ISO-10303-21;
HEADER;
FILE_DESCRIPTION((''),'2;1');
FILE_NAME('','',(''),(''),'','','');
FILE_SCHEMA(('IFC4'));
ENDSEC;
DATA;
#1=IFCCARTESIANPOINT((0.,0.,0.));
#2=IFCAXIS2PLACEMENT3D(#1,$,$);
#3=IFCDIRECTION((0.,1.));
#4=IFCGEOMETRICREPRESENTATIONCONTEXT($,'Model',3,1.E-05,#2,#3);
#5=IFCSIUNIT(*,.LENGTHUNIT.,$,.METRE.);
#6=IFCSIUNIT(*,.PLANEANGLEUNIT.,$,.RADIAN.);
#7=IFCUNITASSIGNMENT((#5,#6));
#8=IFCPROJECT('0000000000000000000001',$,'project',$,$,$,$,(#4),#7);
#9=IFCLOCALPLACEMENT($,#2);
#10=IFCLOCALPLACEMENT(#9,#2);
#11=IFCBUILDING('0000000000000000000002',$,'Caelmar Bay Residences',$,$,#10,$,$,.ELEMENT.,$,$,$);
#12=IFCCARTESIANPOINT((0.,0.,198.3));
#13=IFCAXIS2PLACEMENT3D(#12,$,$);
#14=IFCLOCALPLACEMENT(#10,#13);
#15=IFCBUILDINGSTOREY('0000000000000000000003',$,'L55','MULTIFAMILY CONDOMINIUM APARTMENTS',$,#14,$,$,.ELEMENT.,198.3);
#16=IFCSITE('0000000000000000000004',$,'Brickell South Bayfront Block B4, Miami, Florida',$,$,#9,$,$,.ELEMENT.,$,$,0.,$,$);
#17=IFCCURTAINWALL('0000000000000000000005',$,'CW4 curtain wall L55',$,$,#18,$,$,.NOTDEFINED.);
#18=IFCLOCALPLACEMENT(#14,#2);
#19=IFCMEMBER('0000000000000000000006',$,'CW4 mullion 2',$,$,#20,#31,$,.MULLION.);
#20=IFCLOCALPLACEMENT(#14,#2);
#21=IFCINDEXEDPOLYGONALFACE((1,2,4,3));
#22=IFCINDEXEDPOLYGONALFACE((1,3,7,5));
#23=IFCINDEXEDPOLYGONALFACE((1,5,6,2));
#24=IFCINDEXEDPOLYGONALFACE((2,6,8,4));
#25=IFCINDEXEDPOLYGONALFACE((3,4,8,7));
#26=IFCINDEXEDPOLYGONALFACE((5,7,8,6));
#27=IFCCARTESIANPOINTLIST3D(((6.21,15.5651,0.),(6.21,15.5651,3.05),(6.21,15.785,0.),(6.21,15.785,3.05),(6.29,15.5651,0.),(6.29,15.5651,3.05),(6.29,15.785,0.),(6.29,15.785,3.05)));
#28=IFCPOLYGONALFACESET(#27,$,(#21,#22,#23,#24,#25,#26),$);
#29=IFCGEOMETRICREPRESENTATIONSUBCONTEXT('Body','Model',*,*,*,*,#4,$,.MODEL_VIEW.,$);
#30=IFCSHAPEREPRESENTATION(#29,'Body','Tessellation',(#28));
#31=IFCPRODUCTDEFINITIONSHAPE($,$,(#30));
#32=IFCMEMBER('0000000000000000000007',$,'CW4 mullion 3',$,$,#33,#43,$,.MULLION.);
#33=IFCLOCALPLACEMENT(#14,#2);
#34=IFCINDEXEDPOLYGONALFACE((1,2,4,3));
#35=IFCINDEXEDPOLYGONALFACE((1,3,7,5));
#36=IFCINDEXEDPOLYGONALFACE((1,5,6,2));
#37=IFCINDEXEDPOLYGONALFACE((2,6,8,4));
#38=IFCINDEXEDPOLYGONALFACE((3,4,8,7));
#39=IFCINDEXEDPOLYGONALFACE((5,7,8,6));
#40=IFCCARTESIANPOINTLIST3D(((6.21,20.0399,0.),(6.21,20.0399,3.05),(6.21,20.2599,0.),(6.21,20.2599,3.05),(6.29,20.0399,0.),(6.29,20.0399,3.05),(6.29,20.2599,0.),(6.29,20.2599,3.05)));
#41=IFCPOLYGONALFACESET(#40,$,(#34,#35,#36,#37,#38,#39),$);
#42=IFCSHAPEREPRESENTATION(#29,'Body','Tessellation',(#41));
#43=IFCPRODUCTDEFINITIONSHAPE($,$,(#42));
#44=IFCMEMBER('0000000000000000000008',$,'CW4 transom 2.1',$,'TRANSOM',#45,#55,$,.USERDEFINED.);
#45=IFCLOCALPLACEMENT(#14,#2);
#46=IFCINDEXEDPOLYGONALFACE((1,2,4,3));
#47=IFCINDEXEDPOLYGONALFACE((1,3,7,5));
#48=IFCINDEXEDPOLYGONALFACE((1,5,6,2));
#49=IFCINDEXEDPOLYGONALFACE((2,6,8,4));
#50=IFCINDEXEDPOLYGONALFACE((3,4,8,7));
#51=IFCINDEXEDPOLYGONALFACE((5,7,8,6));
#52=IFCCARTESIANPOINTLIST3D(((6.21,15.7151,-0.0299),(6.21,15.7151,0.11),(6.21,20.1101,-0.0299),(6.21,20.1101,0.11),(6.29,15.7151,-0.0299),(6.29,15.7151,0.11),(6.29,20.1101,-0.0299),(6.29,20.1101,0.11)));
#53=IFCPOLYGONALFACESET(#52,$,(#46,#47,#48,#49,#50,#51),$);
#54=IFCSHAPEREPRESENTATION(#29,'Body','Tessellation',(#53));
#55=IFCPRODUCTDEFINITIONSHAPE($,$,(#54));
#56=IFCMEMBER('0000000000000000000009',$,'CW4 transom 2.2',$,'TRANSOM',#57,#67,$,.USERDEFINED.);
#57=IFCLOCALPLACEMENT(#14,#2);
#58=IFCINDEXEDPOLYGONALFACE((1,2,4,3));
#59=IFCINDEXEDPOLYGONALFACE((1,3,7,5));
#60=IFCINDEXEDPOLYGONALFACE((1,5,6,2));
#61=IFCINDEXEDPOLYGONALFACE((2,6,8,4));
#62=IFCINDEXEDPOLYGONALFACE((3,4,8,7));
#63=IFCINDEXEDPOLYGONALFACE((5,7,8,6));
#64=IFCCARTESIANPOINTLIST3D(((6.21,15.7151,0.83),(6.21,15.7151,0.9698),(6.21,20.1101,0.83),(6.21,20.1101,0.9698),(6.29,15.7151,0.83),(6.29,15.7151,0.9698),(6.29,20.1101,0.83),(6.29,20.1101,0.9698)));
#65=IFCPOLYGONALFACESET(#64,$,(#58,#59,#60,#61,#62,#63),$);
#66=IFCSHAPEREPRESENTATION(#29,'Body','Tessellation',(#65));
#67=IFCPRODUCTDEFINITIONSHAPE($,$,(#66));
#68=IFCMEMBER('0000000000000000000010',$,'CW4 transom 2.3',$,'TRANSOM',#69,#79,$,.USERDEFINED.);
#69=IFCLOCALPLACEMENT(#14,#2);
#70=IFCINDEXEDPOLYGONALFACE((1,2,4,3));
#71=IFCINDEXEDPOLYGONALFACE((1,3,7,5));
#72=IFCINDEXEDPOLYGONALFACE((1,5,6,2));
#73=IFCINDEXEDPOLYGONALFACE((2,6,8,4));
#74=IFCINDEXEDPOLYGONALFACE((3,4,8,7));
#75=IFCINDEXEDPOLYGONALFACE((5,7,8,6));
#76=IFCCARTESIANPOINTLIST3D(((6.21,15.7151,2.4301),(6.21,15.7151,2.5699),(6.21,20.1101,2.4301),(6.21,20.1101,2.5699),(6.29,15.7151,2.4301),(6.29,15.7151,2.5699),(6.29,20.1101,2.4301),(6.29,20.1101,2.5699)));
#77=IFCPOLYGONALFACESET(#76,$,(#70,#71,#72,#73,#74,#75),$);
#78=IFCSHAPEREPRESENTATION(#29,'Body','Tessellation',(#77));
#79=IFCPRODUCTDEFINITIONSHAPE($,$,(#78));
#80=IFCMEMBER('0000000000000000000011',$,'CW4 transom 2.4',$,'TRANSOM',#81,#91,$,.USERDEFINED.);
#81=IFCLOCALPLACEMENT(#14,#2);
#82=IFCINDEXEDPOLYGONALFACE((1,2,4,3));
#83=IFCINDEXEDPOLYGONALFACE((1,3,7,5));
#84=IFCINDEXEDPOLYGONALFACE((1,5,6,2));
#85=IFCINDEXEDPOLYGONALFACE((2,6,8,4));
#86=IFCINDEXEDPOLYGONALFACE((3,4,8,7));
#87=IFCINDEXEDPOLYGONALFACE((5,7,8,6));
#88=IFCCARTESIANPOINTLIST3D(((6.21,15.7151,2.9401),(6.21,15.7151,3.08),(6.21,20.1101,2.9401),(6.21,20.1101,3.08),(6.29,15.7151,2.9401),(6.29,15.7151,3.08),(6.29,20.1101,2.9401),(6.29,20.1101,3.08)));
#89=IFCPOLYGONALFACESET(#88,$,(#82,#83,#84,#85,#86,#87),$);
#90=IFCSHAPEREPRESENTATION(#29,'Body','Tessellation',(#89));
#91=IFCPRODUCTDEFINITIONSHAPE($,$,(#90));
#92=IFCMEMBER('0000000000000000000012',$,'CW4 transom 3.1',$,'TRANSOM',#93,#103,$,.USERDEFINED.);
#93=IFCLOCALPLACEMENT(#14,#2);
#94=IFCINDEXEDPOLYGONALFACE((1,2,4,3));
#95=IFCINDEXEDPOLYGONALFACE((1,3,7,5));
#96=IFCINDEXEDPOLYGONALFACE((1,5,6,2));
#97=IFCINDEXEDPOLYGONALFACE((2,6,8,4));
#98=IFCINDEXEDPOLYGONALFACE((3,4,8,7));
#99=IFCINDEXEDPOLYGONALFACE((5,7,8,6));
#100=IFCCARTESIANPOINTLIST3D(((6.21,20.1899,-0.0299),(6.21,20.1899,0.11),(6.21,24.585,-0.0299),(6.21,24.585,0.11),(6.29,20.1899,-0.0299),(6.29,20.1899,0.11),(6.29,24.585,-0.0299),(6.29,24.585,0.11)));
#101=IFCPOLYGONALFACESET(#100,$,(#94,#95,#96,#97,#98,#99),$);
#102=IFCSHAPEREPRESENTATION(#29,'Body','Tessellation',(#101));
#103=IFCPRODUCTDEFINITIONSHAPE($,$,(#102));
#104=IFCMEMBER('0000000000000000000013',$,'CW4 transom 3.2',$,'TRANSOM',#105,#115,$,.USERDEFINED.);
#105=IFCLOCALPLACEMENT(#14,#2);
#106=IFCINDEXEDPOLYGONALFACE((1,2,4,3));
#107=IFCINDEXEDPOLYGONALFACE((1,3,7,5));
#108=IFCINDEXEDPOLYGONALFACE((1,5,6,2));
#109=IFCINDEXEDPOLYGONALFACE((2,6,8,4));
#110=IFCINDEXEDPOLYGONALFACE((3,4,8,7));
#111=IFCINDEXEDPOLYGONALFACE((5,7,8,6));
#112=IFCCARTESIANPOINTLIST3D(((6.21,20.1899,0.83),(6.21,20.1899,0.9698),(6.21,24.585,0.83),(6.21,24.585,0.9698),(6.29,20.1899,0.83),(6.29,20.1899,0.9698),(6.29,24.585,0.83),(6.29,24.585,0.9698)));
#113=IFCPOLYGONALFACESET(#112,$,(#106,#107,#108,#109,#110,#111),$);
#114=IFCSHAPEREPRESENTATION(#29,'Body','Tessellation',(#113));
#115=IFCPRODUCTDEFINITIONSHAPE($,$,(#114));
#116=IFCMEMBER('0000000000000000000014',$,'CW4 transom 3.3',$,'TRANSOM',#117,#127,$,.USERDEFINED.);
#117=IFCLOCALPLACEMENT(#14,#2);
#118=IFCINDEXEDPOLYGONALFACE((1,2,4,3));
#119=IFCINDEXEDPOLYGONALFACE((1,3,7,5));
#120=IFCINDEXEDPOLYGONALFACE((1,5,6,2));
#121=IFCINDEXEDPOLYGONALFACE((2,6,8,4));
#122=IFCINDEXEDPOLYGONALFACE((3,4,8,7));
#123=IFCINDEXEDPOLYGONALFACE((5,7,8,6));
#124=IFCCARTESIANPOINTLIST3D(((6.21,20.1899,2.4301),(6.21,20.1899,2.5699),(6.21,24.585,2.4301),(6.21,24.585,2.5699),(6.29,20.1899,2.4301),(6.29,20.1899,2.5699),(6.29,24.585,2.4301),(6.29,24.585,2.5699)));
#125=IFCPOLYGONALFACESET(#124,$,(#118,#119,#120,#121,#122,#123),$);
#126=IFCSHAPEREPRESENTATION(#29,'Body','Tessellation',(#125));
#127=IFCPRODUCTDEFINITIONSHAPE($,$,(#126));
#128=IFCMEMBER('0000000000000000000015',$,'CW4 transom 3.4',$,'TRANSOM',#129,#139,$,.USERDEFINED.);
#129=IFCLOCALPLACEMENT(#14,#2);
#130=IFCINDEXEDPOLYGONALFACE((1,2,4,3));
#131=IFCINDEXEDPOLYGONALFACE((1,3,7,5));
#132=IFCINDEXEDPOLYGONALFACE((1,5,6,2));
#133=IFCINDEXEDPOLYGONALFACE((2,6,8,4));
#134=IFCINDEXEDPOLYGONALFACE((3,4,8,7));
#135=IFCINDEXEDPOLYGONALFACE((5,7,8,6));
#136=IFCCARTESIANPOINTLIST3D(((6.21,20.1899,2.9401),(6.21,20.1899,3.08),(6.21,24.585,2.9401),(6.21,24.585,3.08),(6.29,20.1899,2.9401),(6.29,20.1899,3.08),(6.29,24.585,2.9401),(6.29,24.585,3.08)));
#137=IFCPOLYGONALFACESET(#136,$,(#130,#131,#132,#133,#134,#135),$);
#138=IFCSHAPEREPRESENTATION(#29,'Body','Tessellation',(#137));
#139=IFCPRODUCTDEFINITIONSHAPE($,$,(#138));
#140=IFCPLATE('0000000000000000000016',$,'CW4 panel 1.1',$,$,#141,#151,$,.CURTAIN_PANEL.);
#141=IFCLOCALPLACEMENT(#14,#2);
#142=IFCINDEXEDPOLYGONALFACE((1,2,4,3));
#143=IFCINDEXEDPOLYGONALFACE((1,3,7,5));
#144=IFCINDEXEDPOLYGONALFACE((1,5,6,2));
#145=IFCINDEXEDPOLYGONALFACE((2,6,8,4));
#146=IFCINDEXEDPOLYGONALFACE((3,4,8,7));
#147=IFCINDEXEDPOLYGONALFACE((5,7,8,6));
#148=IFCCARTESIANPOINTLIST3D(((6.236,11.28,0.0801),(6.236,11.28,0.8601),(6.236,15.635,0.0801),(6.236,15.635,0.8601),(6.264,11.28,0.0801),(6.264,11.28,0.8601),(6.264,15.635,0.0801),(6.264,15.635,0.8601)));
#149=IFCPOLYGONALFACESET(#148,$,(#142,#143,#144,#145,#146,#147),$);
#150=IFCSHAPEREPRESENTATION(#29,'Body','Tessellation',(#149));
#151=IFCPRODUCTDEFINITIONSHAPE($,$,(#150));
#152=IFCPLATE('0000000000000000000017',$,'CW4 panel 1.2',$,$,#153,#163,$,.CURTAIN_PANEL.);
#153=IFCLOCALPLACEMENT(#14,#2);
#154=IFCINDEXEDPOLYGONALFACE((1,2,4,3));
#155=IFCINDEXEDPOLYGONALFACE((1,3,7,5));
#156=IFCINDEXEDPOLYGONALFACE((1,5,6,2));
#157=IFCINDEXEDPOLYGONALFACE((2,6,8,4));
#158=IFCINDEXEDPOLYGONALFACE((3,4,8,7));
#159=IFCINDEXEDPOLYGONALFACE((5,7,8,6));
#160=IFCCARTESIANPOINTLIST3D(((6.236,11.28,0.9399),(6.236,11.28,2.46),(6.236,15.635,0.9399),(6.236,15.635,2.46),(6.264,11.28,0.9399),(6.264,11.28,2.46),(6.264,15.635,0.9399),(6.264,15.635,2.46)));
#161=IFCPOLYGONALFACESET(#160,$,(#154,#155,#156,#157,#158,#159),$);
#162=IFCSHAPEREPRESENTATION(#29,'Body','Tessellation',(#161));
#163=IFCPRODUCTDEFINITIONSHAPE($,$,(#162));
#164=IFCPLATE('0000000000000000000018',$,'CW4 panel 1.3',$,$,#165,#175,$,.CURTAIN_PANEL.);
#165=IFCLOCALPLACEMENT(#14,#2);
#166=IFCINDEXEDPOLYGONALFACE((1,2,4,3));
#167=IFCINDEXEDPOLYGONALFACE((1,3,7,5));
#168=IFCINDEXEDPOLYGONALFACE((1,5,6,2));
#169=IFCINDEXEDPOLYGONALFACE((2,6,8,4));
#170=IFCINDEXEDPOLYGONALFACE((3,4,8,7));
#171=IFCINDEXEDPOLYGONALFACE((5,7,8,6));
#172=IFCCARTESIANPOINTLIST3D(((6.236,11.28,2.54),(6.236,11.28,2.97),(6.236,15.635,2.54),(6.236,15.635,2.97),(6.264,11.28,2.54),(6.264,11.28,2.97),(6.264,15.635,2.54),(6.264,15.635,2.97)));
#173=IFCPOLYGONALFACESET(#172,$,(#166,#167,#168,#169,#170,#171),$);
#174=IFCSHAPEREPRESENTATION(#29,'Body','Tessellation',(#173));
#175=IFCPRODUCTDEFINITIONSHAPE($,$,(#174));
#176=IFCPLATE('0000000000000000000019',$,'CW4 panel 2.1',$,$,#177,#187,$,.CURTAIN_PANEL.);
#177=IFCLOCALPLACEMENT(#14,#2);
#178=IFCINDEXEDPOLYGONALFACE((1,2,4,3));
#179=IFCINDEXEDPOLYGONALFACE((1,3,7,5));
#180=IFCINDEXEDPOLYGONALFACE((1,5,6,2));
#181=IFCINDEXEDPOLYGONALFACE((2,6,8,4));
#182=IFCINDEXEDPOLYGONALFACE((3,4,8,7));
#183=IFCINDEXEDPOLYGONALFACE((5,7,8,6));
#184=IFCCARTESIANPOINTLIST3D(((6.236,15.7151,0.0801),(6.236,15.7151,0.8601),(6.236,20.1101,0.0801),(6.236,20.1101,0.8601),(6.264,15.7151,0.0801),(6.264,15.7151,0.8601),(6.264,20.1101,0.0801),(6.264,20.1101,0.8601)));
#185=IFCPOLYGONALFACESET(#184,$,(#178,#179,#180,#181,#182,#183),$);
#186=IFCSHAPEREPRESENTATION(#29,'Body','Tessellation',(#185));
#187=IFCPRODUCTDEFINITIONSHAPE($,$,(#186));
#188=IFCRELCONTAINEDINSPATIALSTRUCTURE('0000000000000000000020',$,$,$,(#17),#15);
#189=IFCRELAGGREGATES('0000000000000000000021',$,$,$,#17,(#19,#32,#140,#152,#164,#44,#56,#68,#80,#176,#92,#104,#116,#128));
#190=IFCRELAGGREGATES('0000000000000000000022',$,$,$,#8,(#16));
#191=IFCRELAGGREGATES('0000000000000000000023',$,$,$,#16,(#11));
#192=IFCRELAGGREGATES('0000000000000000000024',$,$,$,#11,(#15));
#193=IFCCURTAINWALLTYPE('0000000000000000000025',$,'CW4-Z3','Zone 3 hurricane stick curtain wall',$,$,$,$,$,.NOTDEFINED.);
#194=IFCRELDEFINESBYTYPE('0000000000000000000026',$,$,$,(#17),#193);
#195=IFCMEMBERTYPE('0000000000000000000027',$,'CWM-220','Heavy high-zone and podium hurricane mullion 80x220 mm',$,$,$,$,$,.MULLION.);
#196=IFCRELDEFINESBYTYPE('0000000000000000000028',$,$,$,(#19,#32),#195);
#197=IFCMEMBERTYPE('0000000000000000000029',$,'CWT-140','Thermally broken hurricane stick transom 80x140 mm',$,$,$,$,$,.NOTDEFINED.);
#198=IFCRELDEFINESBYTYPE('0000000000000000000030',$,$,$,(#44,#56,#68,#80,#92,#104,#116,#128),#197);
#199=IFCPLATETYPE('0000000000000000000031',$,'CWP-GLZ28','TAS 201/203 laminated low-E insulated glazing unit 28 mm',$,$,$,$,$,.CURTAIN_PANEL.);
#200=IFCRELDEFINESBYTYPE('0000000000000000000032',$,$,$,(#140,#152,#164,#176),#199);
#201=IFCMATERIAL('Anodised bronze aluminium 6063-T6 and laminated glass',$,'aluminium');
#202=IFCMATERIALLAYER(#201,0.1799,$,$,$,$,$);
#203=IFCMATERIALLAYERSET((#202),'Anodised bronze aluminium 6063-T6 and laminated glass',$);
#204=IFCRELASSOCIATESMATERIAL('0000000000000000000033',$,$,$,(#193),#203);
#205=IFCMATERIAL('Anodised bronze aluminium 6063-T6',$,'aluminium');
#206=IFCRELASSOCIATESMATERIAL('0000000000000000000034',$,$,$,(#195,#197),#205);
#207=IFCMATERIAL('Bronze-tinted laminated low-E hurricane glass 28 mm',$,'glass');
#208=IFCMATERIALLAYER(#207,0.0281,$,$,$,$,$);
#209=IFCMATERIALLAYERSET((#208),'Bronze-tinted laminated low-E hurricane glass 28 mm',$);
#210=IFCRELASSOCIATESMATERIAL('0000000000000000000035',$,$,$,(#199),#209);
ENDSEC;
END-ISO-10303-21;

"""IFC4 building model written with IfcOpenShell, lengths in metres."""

from ifc_helpers import new_model, si_unit, direction, frame, origin, origin_2d, place, context, subcontext, project, spatial, rectangle, extrude, material, layer, layer_set, material_profile, profile_set, type_object, element, aggregate, save


model = new_model("IFC4")

# Units and contexts
model_context = context("Model", 3, precision=1e-05, world=origin(), true_north=direction((0.0, 1.0)))
body_context = subcontext(model_context, "Body", "Model", "MODEL_VIEW")
ifc_project = project(units=[si_unit("LENGTHUNIT", "METRE"), si_unit("PLANEANGLEUNIT", "RADIAN")], contexts=[model_context])

# Site, building, storey
site_placement = place(None, origin())
site = spatial("IfcSite", under=ifc_project, at=site_placement, Name="Brickell South Bayfront Block B4, Miami, Florida", CompositionType="ELEMENT", RefElevation=0.0)
building_placement = place(site_placement, origin())
building = spatial("IfcBuilding", under=site, at=building_placement, Name="Caelmar Bay Residences", CompositionType="ELEMENT")
storey_placement = place(building_placement, frame((0.0, 0.0, 198.3)))
storey = spatial("IfcBuildingStorey", under=building, at=storey_placement, Name="L55", Description="MULTIFAMILY CONDOMINIUM APARTMENTS", CompositionType="ELEMENT", Elevation=198.3)

# Curtain wall, members, plates
ifc_material_1 = material(Name="Anodised bronze aluminium 6063-T6 and laminated glass", Category="aluminium")
ifc_layer_1 = layer(ifc_material_1, 0.1799)
ifc_layer_set_1 = layer_set([ifc_layer_1], Name="Anodised bronze aluminium 6063-T6 and laminated glass")
curtain_wall_type = type_object("IfcCurtainWallType", Name="CW4-Z3", Description="Zone 3 hurricane stick curtain wall", PredefinedType="NOTDEFINED", material=ifc_layer_set_1)
curtain_wall_placement = place(storey_placement, origin())
curtain_wall = element("IfcCurtainWall", 1, at=curtain_wall_placement, inside=storey, type_object=curtain_wall_type, Name="CW4 curtain wall L55", PredefinedType="NOTDEFINED")
ifc_material_2 = material(Name="Anodised bronze aluminium 6063-T6", Category="aluminium")
ifc_material_profile_1 = material_profile(ifc_material_2, rectangle(XDim=0.0801, YDim=0.22, at=origin_2d()), Name="CWM-80X220")
ifc_profile_set_1 = profile_set([ifc_material_profile_1], Name="Anodised bronze aluminium 6063-T6")
member_type_1 = type_object("IfcMemberType", Name="CWM-220", Description="Heavy high-zone and podium hurricane mullion 80x220 mm", PredefinedType="MULLION", material=ifc_profile_set_1)
member_1_placement = place(storey_placement, frame((6.25, 15.675, 0.0), z_axis=(0.0, 0.0, 1.0), x_axis=(-1.0, 0.0, 0.0)))
member_1 = element("IfcMember", 2, at=member_1_placement, type_object=member_type_1, Name="CW4 mullion 2", PredefinedType="MULLION", context=body_context, shape_type="SweptSolid", body=[
    extrude(rectangle(XDim=0.0801, YDim=0.22, at=origin_2d()), origin(), (0.0, 0.0, 1.0), 3.05),
])
member_2_placement = place(storey_placement, frame((6.25, 20.1499, 0.0), z_axis=(0.0, 0.0, 1.0), x_axis=(-1.0, 0.0, 0.0)))
member_2 = element("IfcMember", 3, at=member_2_placement, type_object=member_type_1, Name="CW4 mullion 3", PredefinedType="MULLION", context=body_context, shape_type="SweptSolid", body=[
    extrude(rectangle(XDim=0.0801, YDim=0.22, at=origin_2d()), origin(), (0.0, 0.0, 1.0), 3.05),
])
ifc_material_profile_2 = material_profile(ifc_material_2, rectangle(XDim=0.0801, YDim=0.1399, at=origin_2d()), Name="CWT-80X140")
ifc_profile_set_2 = profile_set([ifc_material_profile_2], Name="Anodised bronze aluminium 6063-T6")
member_type_2 = type_object("IfcMemberType", Name="CWT-140", Description="Thermally broken hurricane stick transom 80x140 mm", PredefinedType="NOTDEFINED", material=ifc_profile_set_2)
member_3_placement = place(storey_placement, frame((6.25, 15.7151, 0.04), z_axis=(0.0, 1.0, 0.0), x_axis=(-1.0, 0.0, 0.0)))
member_3 = element("IfcMember", 4, at=member_3_placement, type_object=member_type_2, Name="CW4 transom 2.1", ObjectType="TRANSOM", PredefinedType="USERDEFINED", context=body_context, shape_type="SweptSolid", body=[
    extrude(rectangle(XDim=0.0801, YDim=0.1399, at=origin_2d()), origin(), (0.0, 0.0, 1.0), 4.395),
])
member_4_placement = place(storey_placement, frame((6.25, 15.7151, 0.8999), z_axis=(0.0, 1.0, 0.0), x_axis=(-1.0, 0.0, 0.0)))
member_4 = element("IfcMember", 5, at=member_4_placement, type_object=member_type_2, Name="CW4 transom 2.2", ObjectType="TRANSOM", PredefinedType="USERDEFINED", context=body_context, shape_type="SweptSolid", body=[
    extrude(rectangle(XDim=0.0801, YDim=0.1399, at=origin_2d()), origin(), (0.0, 0.0, 1.0), 4.395),
])
member_5_placement = place(storey_placement, frame((6.25, 15.7151, 2.5), z_axis=(0.0, 1.0, 0.0), x_axis=(-1.0, 0.0, 0.0)))
member_5 = element("IfcMember", 6, at=member_5_placement, type_object=member_type_2, Name="CW4 transom 2.3", ObjectType="TRANSOM", PredefinedType="USERDEFINED", context=body_context, shape_type="SweptSolid", body=[
    extrude(rectangle(XDim=0.0801, YDim=0.1399, at=origin_2d()), origin(), (0.0, 0.0, 1.0), 4.395),
])
member_6_placement = place(storey_placement, frame((6.25, 15.7151, 3.01), z_axis=(0.0, 1.0, 0.0), x_axis=(-1.0, 0.0, 0.0)))
member_6 = element("IfcMember", 7, at=member_6_placement, type_object=member_type_2, Name="CW4 transom 2.4", ObjectType="TRANSOM", PredefinedType="USERDEFINED", context=body_context, shape_type="SweptSolid", body=[
    extrude(rectangle(XDim=0.0801, YDim=0.1399, at=origin_2d()), origin(), (0.0, 0.0, 1.0), 4.395),
])
member_7_placement = place(storey_placement, frame((6.25, 20.1899, 0.04), z_axis=(0.0, 1.0, 0.0), x_axis=(-1.0, 0.0, 0.0)))
member_7 = element("IfcMember", 8, at=member_7_placement, type_object=member_type_2, Name="CW4 transom 3.1", ObjectType="TRANSOM", PredefinedType="USERDEFINED", context=body_context, shape_type="SweptSolid", body=[
    extrude(rectangle(XDim=0.0801, YDim=0.1399, at=origin_2d()), origin(), (0.0, 0.0, 1.0), 4.395),
])
member_8_placement = place(storey_placement, frame((6.25, 20.1899, 0.8999), z_axis=(0.0, 1.0, 0.0), x_axis=(-1.0, 0.0, 0.0)))
member_8 = element("IfcMember", 9, at=member_8_placement, type_object=member_type_2, Name="CW4 transom 3.2", ObjectType="TRANSOM", PredefinedType="USERDEFINED", context=body_context, shape_type="SweptSolid", body=[
    extrude(rectangle(XDim=0.0801, YDim=0.1399, at=origin_2d()), origin(), (0.0, 0.0, 1.0), 4.395),
])
member_9_placement = place(storey_placement, frame((6.25, 20.1899, 2.5), z_axis=(0.0, 1.0, 0.0), x_axis=(-1.0, 0.0, 0.0)))
member_9 = element("IfcMember", 10, at=member_9_placement, type_object=member_type_2, Name="CW4 transom 3.3", ObjectType="TRANSOM", PredefinedType="USERDEFINED", context=body_context, shape_type="SweptSolid", body=[
    extrude(rectangle(XDim=0.0801, YDim=0.1399, at=origin_2d()), origin(), (0.0, 0.0, 1.0), 4.395),
])
member_10_placement = place(storey_placement, frame((6.25, 20.1899, 3.01), z_axis=(0.0, 1.0, 0.0), x_axis=(-1.0, 0.0, 0.0)))
member_10 = element("IfcMember", 11, at=member_10_placement, type_object=member_type_2, Name="CW4 transom 3.4", ObjectType="TRANSOM", PredefinedType="USERDEFINED", context=body_context, shape_type="SweptSolid", body=[
    extrude(rectangle(XDim=0.0801, YDim=0.1399, at=origin_2d()), origin(), (0.0, 0.0, 1.0), 4.395),
])
ifc_material_3 = material(Name="Bronze-tinted laminated low-E hurricane glass 28 mm", Category="glass")
ifc_layer_2 = layer(ifc_material_3, 0.0281)
ifc_layer_set_2 = layer_set([ifc_layer_2], Name="Bronze-tinted laminated low-E hurricane glass 28 mm")
plate_type = type_object("IfcPlateType", Name="CWP-GLZ28", Description="TAS 201/203 laminated low-E insulated glazing unit 28 mm", PredefinedType="CURTAIN_PANEL", material=ifc_layer_set_2)
plate_1_placement = place(storey_placement, frame((6.25, 13.4575, 0.0801), z_axis=(0.0, 0.0, 1.0), x_axis=(0.0, 1.0, 0.0)))
plate_1 = element("IfcPlate", 12, at=plate_1_placement, type_object=plate_type, Name="CW4 panel 1.1", PredefinedType="CURTAIN_PANEL", context=body_context, shape_type="SweptSolid", body=[
    extrude(rectangle(XDim=4.355, YDim=0.0281, at=origin_2d()), origin(), (0.0, 0.0, 1.0), 0.78),
])
plate_2_placement = place(storey_placement, frame((6.25, 13.4575, 0.9399), z_axis=(0.0, 0.0, 1.0), x_axis=(0.0, 1.0, 0.0)))
plate_2 = element("IfcPlate", 13, at=plate_2_placement, type_object=plate_type, Name="CW4 panel 1.2", PredefinedType="CURTAIN_PANEL", context=body_context, shape_type="SweptSolid", body=[
    extrude(rectangle(XDim=4.355, YDim=0.0281, at=origin_2d()), origin(), (0.0, 0.0, 1.0), 1.52),
])
plate_3_placement = place(storey_placement, frame((6.25, 13.4575, 2.54), z_axis=(0.0, 0.0, 1.0), x_axis=(0.0, 1.0, 0.0)))
plate_3 = element("IfcPlate", 14, at=plate_3_placement, type_object=plate_type, Name="CW4 panel 1.3", PredefinedType="CURTAIN_PANEL", context=body_context, shape_type="SweptSolid", body=[
    extrude(rectangle(XDim=4.355, YDim=0.0281, at=origin_2d()), origin(), (0.0, 0.0, 1.0), 0.4299),
])
plate_4_placement = place(storey_placement, frame((6.25, 17.9126, 0.0801), z_axis=(0.0, 0.0, 1.0), x_axis=(0.0, 1.0, 0.0)))
plate_4 = element("IfcPlate", 15, at=plate_4_placement, type_object=plate_type, Name="CW4 panel 2.1", PredefinedType="CURTAIN_PANEL", context=body_context, shape_type="SweptSolid", body=[
    extrude(rectangle(XDim=4.395, YDim=0.0281, at=origin_2d()), origin(), (0.0, 0.0, 1.0), 0.78),
])
aggregate(curtain_wall, [member_1, member_2, plate_1, plate_2, plate_3, member_3, member_4, member_5, member_6, plate_4, member_7, member_8, member_9, member_10])

save(model, "model.ifc")
